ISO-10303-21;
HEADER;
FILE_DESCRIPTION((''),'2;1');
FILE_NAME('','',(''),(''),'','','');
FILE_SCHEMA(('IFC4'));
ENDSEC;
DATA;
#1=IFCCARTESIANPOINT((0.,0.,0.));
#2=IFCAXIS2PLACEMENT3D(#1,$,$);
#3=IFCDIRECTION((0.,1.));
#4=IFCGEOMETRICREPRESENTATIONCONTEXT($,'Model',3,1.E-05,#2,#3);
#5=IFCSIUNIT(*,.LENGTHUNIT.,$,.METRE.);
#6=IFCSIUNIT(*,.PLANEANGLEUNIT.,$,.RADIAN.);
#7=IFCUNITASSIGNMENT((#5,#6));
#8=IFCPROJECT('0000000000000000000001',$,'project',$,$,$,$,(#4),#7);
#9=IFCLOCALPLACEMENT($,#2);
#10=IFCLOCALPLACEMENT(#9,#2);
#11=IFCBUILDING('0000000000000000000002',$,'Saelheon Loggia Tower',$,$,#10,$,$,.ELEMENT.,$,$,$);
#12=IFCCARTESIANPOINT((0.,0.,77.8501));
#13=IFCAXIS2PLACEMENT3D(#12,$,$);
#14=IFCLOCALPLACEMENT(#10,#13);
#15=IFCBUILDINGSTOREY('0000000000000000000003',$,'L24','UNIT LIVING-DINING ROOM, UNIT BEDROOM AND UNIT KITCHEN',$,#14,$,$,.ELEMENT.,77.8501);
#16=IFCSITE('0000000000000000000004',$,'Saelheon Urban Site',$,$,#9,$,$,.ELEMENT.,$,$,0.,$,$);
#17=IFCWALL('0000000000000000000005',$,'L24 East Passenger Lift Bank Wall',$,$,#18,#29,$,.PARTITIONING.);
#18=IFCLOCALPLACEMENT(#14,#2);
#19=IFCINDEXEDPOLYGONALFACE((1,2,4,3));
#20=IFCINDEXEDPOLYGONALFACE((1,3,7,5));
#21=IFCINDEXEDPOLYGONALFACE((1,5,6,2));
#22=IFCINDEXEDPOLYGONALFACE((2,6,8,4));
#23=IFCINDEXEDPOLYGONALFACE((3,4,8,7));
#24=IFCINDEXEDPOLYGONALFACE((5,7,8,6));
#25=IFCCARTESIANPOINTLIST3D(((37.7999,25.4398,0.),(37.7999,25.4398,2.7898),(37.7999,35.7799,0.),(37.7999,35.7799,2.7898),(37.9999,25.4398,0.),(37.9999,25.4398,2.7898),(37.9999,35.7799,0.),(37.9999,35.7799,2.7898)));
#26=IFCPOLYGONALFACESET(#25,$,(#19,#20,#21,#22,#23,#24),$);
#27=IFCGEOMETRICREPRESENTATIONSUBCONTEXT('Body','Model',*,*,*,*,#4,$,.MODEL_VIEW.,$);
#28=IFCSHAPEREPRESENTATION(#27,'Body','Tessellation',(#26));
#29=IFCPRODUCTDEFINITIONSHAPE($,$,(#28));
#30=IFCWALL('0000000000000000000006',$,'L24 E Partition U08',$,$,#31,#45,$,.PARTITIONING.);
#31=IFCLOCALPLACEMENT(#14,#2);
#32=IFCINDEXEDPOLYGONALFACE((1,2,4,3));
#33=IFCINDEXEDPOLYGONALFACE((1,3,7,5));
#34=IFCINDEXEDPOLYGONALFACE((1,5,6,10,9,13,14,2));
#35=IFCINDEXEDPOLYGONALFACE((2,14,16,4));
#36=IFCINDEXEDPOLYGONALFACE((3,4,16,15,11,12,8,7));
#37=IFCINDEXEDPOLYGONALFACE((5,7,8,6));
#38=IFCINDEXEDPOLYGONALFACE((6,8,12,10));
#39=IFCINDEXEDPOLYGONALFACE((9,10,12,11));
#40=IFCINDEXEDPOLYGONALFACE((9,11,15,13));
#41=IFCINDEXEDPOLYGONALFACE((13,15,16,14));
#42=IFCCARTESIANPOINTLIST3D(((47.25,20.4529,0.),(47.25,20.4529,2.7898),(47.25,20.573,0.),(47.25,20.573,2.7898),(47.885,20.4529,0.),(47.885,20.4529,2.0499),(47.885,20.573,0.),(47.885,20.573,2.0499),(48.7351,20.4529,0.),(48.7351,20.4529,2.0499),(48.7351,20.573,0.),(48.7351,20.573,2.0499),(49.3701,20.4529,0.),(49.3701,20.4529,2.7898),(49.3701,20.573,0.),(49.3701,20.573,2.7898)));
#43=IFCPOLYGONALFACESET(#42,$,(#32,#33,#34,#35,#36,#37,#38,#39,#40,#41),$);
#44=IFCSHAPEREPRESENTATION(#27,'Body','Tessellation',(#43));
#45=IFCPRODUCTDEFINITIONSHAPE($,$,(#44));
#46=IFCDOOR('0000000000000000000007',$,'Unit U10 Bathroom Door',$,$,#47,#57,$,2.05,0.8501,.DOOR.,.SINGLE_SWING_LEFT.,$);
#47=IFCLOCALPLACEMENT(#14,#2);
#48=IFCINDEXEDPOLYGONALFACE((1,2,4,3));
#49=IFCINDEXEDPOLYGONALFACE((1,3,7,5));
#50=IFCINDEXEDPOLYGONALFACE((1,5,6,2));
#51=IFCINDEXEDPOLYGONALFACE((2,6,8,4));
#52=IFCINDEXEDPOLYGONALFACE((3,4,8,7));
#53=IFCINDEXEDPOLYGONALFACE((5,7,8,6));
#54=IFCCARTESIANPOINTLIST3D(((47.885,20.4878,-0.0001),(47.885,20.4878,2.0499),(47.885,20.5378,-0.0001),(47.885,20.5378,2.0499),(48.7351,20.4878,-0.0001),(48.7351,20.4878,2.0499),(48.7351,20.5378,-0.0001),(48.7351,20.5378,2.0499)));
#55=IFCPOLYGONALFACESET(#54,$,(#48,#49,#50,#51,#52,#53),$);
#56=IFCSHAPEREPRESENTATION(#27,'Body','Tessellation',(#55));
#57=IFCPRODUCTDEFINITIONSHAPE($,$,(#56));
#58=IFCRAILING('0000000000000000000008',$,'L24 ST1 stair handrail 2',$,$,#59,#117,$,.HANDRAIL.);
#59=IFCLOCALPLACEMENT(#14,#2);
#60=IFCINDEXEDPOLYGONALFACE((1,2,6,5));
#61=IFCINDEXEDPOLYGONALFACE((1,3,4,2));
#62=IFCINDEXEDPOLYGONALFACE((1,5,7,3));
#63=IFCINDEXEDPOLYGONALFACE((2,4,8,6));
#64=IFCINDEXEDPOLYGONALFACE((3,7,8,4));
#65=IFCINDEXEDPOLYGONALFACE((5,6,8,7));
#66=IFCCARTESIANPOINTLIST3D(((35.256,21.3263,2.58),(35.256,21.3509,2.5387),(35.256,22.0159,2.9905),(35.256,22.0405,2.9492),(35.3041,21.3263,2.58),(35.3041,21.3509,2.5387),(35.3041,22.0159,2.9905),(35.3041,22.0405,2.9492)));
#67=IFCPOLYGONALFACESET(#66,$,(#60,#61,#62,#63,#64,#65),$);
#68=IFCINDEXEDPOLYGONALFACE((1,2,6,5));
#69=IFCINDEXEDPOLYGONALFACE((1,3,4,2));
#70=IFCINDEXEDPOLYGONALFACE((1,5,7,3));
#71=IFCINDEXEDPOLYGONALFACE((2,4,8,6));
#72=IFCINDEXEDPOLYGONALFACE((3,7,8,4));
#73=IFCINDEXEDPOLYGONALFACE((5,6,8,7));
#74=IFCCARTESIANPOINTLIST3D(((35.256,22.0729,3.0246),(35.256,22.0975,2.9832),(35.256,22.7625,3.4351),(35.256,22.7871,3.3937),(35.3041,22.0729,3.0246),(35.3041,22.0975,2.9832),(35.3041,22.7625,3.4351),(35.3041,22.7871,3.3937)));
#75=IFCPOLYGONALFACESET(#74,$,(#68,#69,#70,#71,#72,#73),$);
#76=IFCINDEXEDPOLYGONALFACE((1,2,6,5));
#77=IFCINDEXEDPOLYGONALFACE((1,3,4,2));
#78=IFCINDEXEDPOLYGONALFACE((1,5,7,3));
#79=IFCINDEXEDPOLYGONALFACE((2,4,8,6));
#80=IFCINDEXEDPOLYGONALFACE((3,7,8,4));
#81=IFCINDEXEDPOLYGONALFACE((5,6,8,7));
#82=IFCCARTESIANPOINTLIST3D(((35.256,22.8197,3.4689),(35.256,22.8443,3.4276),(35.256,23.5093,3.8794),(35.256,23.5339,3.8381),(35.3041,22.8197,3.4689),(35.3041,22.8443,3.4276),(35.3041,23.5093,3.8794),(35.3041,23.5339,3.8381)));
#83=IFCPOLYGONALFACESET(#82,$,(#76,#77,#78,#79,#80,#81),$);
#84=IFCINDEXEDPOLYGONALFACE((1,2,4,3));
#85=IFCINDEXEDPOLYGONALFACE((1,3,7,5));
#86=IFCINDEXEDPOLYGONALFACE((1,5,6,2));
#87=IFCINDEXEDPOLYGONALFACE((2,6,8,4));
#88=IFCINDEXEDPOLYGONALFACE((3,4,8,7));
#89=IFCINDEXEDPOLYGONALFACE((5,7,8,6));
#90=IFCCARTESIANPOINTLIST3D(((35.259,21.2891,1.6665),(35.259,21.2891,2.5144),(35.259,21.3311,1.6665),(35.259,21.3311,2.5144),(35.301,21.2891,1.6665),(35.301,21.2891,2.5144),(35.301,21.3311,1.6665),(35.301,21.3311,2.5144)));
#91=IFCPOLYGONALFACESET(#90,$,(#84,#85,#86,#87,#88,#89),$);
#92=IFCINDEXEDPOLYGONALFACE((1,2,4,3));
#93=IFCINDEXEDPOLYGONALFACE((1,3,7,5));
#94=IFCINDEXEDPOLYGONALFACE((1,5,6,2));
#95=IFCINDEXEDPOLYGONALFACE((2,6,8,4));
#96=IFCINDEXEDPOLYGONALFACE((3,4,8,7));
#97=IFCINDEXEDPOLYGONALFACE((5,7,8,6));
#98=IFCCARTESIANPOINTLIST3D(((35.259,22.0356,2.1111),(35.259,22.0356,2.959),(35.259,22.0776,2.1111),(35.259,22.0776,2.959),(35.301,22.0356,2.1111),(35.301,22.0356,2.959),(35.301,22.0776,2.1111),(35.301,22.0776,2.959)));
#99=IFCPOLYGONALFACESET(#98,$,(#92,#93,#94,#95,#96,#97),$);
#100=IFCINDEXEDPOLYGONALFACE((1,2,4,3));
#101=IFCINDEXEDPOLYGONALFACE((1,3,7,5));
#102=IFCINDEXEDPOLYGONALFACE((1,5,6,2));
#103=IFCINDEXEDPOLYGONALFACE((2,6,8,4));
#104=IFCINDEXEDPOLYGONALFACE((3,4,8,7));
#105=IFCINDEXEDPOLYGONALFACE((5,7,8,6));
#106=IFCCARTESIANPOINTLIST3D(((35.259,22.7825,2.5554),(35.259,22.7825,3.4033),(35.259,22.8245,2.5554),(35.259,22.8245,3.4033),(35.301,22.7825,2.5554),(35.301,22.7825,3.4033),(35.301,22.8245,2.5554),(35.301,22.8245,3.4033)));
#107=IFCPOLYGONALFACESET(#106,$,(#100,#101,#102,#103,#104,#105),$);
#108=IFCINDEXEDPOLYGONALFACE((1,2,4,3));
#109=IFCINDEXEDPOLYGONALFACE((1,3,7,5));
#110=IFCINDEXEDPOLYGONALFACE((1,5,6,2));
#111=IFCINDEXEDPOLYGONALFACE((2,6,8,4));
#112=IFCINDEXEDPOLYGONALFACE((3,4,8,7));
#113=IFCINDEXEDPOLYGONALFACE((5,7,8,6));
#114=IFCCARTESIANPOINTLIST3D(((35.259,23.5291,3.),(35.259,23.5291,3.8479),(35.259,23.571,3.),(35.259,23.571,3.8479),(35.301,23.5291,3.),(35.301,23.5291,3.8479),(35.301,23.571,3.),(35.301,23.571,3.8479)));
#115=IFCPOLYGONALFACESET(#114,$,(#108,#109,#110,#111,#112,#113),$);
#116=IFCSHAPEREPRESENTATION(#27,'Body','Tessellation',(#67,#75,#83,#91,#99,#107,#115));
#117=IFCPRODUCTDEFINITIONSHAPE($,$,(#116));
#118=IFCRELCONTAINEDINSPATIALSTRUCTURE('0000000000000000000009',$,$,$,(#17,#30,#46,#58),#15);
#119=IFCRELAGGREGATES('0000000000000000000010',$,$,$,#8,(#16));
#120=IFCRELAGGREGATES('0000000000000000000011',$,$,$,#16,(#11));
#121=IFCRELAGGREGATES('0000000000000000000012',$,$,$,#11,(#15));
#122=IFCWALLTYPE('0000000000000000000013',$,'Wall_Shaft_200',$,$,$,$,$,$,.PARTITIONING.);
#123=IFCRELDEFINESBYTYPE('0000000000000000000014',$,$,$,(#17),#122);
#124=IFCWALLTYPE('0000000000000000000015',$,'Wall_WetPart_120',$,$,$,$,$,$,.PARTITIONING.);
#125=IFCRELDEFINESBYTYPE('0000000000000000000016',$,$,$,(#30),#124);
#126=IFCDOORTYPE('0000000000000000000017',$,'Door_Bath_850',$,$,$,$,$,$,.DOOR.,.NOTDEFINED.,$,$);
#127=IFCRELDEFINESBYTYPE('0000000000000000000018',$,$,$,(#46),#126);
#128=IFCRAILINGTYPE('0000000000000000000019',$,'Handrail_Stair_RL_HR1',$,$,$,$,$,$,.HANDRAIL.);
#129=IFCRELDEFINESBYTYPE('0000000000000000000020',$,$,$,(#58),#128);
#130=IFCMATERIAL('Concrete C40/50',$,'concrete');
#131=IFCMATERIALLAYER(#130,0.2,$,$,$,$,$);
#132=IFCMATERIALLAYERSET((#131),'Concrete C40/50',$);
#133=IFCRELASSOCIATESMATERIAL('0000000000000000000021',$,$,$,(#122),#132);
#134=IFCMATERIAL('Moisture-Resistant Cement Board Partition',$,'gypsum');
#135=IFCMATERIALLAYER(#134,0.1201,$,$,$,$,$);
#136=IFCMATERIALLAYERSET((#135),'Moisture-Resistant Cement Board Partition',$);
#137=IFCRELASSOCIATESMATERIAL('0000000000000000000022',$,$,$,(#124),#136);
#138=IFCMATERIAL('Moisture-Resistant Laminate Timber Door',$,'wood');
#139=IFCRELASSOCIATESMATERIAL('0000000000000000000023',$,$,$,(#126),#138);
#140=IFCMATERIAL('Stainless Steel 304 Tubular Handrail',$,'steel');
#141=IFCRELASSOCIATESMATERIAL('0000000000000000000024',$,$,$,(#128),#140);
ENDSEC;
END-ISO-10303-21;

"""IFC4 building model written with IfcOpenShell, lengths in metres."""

from ifc_helpers import new_model, si_unit, direction, frame, frame_2d, origin, origin_2d, place, context, subcontext, project, spatial, rectangle, extrude, source, transform, mapped, material, layer, layer_set, type_object, element, fill, save


model = new_model("IFC4")

# Units and contexts
model_context = context("Model", 3, precision=1e-05, world=origin(), true_north=direction((0.0, 1.0)))
body_context = subcontext(model_context, "Body", "Model", "MODEL_VIEW")
ifc_project = project(units=[si_unit("LENGTHUNIT", "METRE"), si_unit("PLANEANGLEUNIT", "RADIAN")], contexts=[model_context])

# Site, building, storey
site_placement = place(None, origin())
site = spatial("IfcSite", under=ifc_project, at=site_placement, Name="Saelheon Urban Site", CompositionType="ELEMENT", RefElevation=0.0)
building_placement = place(site_placement, origin())
building = spatial("IfcBuilding", under=site, at=building_placement, Name="Saelheon Loggia Tower", CompositionType="ELEMENT")
storey_placement = place(building_placement, frame((0.0, 0.0, 77.8501)))
storey = spatial("IfcBuildingStorey", under=building, at=storey_placement, Name="L24", Description="UNIT LIVING-DINING ROOM, UNIT BEDROOM AND UNIT KITCHEN", CompositionType="ELEMENT", Elevation=77.8501)

# Shared definitions
ifc_material_1 = material(Name="Concrete C40/50", Category="concrete")

# Shared definitions
ifc_layer_1 = layer(ifc_material_1, 0.2)
ifc_layer_set_1 = layer_set([ifc_layer_1], Name="Concrete C40/50")
wall_type_1 = type_object("IfcWallType", Name="Wall_Shaft_200", PredefinedType="PARTITIONING", material=ifc_layer_set_1)

# Wall
wall_1_placement = place(storey_placement, frame((37.8999, 25.4399, 0.0), z_axis=(0.0, 0.0, 1.0), x_axis=(0.0, 1.0, 0.0)))
element("IfcWall", 1, at=wall_1_placement, inside=storey, type_object=wall_type_1, Name="L24 East Passenger Lift Bank Wall", PredefinedType="PARTITIONING", context=body_context, shape_type="SweptSolid", body=[
    extrude(rectangle(XDim=10.3401, YDim=0.2, at=frame_2d((5.1699, 0.0))), origin(), (0.0, 0.0, 1.0), 2.7898),
])

# Wall, opening, door
ifc_material_2 = material(Name="Moisture-Resistant Cement Board Partition", Category="gypsum")
ifc_layer_2 = layer(ifc_material_2, 0.1201)
ifc_layer_set_2 = layer_set([ifc_layer_2], Name="Moisture-Resistant Cement Board Partition")
wall_type_2 = type_object("IfcWallType", Name="Wall_WetPart_120", PredefinedType="PARTITIONING", material=ifc_layer_set_2)
wall_2_placement = place(storey_placement, frame((47.25, 20.5129, 0.0), z_axis=(0.0, 0.0, 1.0), x_axis=(1.0, 0.0, 0.0)))
wall_2 = element("IfcWall", 2, at=wall_2_placement, inside=storey, type_object=wall_type_2, Name="L24 E Partition U08", PredefinedType="PARTITIONING", context=body_context, shape_type="SweptSolid", body=[
    extrude(rectangle(XDim=2.1201, YDim=0.1201, at=frame_2d((1.0601, 0.0))), origin(), (0.0, 0.0, 1.0), 2.7898),
])
opening_1_placement = place(wall_2_placement, frame((0.635, 0.0, 0.0)))
opening_1 = element("IfcOpeningElement", 3, at=opening_1_placement, cuts=wall_2, PredefinedType="OPENING", context=body_context, shape_type="SweptSolid", body=[
    extrude(rectangle(XDim=0.8501, YDim=2.05, at=frame_2d((0.425, 1.0249))), frame((0.0, 0.072, 0.0), z_axis=(0.0, -1.0, 0.0), x_axis=(1.0, 0.0, 0.0)), (0.0, 0.0, 1.0), 0.144),
])
ifc_material_3 = material(Name="Moisture-Resistant Laminate Timber Door", Category="wood")
door_type_1 = type_object("IfcDoorType", Name="Door_Bath_850", OperationType="NOTDEFINED", PredefinedType="DOOR", material=ifc_material_3)
shared_shape_1 = source(origin(), body_context, "Body", "SweptSolid", [
    extrude(rectangle(XDim=0.8501, YDim=2.05, at=frame_2d((0.425, 1.0249))), frame((0.0, 0.0249, 0.0), z_axis=(0.0, -1.0, 0.0), x_axis=(1.0, 0.0, 0.0)), (0.0, 0.0, 1.0), 0.05),
])
door_1_placement = place(opening_1_placement, origin())
door_1 = element("IfcDoor", 4, at=door_1_placement, inside=storey, type_object=door_type_1, Name="Unit U10 Bathroom Door", OperationType="SINGLE_SWING_LEFT", OverallHeight=2.05, OverallWidth=0.8501, PredefinedType="DOOR", context=body_context, shape_type="MappedRepresentation", body=[
    mapped(shared_shape_1, transform((0.0, 0.0, 0.0), scale=1.0)),
])
fill(opening_1, door_1)

# Railing
ifc_material_4 = material(Name="Stainless Steel 304 Tubular Handrail", Category="steel")
railing_type = type_object("IfcRailingType", Name="Handrail_Stair_RL_HR1", PredefinedType="HANDRAIL", material=ifc_material_4)
railing_placement = place(storey_placement, frame((35.28, 21.3101, 1.6665)))
element("IfcRailing", 5, at=railing_placement, inside=storey, type_object=railing_type, Name="L24 ST1 stair handrail 2", PredefinedType="HANDRAIL", context=body_context, shape_type="SweptSolid", body=[
    extrude(rectangle(XDim=0.0481, YDim=0.0481, at=origin_2d()), frame((0.0, 0.0286, 0.8928), z_axis=(0.0, 0.859264, 0.511532), x_axis=(-1.0, 0.0, 0.0)), (0.0, 0.0, 1.0), 0.8025),
    extrude(rectangle(XDim=0.0481, YDim=0.0481, at=origin_2d()), frame((0.0, 0.7751, 1.3374), z_axis=(0.0, 0.859264, 0.511532), x_axis=(-1.0, 0.0, 0.0)), (0.0, 0.0, 1.0), 0.8025),
    extrude(rectangle(XDim=0.0481, YDim=0.0481, at=origin_2d()), frame((0.0, 1.522, 1.7817), z_axis=(0.0, 0.859264, 0.511532), x_axis=(-1.0, 0.0, 0.0)), (0.0, 0.0, 1.0), 0.8025),
    extrude(rectangle(XDim=0.042, YDim=0.042, at=origin_2d()), origin(), (0.0, 0.0, 1.0), 0.8479),
    extrude(rectangle(XDim=0.042, YDim=0.042, at=origin_2d()), frame((0.0, 0.7466, 0.4446)), (0.0, 0.0, 1.0), 0.8479),
    extrude(rectangle(XDim=0.042, YDim=0.042, at=origin_2d()), frame((0.0, 1.4934, 0.8889)), (0.0, 0.0, 1.0), 0.8479),
    extrude(rectangle(XDim=0.042, YDim=0.042, at=origin_2d()), frame((0.0, 2.24, 1.3335)), (0.0, 0.0, 1.0), 0.8479),
])

save(model, "model.ifc")
